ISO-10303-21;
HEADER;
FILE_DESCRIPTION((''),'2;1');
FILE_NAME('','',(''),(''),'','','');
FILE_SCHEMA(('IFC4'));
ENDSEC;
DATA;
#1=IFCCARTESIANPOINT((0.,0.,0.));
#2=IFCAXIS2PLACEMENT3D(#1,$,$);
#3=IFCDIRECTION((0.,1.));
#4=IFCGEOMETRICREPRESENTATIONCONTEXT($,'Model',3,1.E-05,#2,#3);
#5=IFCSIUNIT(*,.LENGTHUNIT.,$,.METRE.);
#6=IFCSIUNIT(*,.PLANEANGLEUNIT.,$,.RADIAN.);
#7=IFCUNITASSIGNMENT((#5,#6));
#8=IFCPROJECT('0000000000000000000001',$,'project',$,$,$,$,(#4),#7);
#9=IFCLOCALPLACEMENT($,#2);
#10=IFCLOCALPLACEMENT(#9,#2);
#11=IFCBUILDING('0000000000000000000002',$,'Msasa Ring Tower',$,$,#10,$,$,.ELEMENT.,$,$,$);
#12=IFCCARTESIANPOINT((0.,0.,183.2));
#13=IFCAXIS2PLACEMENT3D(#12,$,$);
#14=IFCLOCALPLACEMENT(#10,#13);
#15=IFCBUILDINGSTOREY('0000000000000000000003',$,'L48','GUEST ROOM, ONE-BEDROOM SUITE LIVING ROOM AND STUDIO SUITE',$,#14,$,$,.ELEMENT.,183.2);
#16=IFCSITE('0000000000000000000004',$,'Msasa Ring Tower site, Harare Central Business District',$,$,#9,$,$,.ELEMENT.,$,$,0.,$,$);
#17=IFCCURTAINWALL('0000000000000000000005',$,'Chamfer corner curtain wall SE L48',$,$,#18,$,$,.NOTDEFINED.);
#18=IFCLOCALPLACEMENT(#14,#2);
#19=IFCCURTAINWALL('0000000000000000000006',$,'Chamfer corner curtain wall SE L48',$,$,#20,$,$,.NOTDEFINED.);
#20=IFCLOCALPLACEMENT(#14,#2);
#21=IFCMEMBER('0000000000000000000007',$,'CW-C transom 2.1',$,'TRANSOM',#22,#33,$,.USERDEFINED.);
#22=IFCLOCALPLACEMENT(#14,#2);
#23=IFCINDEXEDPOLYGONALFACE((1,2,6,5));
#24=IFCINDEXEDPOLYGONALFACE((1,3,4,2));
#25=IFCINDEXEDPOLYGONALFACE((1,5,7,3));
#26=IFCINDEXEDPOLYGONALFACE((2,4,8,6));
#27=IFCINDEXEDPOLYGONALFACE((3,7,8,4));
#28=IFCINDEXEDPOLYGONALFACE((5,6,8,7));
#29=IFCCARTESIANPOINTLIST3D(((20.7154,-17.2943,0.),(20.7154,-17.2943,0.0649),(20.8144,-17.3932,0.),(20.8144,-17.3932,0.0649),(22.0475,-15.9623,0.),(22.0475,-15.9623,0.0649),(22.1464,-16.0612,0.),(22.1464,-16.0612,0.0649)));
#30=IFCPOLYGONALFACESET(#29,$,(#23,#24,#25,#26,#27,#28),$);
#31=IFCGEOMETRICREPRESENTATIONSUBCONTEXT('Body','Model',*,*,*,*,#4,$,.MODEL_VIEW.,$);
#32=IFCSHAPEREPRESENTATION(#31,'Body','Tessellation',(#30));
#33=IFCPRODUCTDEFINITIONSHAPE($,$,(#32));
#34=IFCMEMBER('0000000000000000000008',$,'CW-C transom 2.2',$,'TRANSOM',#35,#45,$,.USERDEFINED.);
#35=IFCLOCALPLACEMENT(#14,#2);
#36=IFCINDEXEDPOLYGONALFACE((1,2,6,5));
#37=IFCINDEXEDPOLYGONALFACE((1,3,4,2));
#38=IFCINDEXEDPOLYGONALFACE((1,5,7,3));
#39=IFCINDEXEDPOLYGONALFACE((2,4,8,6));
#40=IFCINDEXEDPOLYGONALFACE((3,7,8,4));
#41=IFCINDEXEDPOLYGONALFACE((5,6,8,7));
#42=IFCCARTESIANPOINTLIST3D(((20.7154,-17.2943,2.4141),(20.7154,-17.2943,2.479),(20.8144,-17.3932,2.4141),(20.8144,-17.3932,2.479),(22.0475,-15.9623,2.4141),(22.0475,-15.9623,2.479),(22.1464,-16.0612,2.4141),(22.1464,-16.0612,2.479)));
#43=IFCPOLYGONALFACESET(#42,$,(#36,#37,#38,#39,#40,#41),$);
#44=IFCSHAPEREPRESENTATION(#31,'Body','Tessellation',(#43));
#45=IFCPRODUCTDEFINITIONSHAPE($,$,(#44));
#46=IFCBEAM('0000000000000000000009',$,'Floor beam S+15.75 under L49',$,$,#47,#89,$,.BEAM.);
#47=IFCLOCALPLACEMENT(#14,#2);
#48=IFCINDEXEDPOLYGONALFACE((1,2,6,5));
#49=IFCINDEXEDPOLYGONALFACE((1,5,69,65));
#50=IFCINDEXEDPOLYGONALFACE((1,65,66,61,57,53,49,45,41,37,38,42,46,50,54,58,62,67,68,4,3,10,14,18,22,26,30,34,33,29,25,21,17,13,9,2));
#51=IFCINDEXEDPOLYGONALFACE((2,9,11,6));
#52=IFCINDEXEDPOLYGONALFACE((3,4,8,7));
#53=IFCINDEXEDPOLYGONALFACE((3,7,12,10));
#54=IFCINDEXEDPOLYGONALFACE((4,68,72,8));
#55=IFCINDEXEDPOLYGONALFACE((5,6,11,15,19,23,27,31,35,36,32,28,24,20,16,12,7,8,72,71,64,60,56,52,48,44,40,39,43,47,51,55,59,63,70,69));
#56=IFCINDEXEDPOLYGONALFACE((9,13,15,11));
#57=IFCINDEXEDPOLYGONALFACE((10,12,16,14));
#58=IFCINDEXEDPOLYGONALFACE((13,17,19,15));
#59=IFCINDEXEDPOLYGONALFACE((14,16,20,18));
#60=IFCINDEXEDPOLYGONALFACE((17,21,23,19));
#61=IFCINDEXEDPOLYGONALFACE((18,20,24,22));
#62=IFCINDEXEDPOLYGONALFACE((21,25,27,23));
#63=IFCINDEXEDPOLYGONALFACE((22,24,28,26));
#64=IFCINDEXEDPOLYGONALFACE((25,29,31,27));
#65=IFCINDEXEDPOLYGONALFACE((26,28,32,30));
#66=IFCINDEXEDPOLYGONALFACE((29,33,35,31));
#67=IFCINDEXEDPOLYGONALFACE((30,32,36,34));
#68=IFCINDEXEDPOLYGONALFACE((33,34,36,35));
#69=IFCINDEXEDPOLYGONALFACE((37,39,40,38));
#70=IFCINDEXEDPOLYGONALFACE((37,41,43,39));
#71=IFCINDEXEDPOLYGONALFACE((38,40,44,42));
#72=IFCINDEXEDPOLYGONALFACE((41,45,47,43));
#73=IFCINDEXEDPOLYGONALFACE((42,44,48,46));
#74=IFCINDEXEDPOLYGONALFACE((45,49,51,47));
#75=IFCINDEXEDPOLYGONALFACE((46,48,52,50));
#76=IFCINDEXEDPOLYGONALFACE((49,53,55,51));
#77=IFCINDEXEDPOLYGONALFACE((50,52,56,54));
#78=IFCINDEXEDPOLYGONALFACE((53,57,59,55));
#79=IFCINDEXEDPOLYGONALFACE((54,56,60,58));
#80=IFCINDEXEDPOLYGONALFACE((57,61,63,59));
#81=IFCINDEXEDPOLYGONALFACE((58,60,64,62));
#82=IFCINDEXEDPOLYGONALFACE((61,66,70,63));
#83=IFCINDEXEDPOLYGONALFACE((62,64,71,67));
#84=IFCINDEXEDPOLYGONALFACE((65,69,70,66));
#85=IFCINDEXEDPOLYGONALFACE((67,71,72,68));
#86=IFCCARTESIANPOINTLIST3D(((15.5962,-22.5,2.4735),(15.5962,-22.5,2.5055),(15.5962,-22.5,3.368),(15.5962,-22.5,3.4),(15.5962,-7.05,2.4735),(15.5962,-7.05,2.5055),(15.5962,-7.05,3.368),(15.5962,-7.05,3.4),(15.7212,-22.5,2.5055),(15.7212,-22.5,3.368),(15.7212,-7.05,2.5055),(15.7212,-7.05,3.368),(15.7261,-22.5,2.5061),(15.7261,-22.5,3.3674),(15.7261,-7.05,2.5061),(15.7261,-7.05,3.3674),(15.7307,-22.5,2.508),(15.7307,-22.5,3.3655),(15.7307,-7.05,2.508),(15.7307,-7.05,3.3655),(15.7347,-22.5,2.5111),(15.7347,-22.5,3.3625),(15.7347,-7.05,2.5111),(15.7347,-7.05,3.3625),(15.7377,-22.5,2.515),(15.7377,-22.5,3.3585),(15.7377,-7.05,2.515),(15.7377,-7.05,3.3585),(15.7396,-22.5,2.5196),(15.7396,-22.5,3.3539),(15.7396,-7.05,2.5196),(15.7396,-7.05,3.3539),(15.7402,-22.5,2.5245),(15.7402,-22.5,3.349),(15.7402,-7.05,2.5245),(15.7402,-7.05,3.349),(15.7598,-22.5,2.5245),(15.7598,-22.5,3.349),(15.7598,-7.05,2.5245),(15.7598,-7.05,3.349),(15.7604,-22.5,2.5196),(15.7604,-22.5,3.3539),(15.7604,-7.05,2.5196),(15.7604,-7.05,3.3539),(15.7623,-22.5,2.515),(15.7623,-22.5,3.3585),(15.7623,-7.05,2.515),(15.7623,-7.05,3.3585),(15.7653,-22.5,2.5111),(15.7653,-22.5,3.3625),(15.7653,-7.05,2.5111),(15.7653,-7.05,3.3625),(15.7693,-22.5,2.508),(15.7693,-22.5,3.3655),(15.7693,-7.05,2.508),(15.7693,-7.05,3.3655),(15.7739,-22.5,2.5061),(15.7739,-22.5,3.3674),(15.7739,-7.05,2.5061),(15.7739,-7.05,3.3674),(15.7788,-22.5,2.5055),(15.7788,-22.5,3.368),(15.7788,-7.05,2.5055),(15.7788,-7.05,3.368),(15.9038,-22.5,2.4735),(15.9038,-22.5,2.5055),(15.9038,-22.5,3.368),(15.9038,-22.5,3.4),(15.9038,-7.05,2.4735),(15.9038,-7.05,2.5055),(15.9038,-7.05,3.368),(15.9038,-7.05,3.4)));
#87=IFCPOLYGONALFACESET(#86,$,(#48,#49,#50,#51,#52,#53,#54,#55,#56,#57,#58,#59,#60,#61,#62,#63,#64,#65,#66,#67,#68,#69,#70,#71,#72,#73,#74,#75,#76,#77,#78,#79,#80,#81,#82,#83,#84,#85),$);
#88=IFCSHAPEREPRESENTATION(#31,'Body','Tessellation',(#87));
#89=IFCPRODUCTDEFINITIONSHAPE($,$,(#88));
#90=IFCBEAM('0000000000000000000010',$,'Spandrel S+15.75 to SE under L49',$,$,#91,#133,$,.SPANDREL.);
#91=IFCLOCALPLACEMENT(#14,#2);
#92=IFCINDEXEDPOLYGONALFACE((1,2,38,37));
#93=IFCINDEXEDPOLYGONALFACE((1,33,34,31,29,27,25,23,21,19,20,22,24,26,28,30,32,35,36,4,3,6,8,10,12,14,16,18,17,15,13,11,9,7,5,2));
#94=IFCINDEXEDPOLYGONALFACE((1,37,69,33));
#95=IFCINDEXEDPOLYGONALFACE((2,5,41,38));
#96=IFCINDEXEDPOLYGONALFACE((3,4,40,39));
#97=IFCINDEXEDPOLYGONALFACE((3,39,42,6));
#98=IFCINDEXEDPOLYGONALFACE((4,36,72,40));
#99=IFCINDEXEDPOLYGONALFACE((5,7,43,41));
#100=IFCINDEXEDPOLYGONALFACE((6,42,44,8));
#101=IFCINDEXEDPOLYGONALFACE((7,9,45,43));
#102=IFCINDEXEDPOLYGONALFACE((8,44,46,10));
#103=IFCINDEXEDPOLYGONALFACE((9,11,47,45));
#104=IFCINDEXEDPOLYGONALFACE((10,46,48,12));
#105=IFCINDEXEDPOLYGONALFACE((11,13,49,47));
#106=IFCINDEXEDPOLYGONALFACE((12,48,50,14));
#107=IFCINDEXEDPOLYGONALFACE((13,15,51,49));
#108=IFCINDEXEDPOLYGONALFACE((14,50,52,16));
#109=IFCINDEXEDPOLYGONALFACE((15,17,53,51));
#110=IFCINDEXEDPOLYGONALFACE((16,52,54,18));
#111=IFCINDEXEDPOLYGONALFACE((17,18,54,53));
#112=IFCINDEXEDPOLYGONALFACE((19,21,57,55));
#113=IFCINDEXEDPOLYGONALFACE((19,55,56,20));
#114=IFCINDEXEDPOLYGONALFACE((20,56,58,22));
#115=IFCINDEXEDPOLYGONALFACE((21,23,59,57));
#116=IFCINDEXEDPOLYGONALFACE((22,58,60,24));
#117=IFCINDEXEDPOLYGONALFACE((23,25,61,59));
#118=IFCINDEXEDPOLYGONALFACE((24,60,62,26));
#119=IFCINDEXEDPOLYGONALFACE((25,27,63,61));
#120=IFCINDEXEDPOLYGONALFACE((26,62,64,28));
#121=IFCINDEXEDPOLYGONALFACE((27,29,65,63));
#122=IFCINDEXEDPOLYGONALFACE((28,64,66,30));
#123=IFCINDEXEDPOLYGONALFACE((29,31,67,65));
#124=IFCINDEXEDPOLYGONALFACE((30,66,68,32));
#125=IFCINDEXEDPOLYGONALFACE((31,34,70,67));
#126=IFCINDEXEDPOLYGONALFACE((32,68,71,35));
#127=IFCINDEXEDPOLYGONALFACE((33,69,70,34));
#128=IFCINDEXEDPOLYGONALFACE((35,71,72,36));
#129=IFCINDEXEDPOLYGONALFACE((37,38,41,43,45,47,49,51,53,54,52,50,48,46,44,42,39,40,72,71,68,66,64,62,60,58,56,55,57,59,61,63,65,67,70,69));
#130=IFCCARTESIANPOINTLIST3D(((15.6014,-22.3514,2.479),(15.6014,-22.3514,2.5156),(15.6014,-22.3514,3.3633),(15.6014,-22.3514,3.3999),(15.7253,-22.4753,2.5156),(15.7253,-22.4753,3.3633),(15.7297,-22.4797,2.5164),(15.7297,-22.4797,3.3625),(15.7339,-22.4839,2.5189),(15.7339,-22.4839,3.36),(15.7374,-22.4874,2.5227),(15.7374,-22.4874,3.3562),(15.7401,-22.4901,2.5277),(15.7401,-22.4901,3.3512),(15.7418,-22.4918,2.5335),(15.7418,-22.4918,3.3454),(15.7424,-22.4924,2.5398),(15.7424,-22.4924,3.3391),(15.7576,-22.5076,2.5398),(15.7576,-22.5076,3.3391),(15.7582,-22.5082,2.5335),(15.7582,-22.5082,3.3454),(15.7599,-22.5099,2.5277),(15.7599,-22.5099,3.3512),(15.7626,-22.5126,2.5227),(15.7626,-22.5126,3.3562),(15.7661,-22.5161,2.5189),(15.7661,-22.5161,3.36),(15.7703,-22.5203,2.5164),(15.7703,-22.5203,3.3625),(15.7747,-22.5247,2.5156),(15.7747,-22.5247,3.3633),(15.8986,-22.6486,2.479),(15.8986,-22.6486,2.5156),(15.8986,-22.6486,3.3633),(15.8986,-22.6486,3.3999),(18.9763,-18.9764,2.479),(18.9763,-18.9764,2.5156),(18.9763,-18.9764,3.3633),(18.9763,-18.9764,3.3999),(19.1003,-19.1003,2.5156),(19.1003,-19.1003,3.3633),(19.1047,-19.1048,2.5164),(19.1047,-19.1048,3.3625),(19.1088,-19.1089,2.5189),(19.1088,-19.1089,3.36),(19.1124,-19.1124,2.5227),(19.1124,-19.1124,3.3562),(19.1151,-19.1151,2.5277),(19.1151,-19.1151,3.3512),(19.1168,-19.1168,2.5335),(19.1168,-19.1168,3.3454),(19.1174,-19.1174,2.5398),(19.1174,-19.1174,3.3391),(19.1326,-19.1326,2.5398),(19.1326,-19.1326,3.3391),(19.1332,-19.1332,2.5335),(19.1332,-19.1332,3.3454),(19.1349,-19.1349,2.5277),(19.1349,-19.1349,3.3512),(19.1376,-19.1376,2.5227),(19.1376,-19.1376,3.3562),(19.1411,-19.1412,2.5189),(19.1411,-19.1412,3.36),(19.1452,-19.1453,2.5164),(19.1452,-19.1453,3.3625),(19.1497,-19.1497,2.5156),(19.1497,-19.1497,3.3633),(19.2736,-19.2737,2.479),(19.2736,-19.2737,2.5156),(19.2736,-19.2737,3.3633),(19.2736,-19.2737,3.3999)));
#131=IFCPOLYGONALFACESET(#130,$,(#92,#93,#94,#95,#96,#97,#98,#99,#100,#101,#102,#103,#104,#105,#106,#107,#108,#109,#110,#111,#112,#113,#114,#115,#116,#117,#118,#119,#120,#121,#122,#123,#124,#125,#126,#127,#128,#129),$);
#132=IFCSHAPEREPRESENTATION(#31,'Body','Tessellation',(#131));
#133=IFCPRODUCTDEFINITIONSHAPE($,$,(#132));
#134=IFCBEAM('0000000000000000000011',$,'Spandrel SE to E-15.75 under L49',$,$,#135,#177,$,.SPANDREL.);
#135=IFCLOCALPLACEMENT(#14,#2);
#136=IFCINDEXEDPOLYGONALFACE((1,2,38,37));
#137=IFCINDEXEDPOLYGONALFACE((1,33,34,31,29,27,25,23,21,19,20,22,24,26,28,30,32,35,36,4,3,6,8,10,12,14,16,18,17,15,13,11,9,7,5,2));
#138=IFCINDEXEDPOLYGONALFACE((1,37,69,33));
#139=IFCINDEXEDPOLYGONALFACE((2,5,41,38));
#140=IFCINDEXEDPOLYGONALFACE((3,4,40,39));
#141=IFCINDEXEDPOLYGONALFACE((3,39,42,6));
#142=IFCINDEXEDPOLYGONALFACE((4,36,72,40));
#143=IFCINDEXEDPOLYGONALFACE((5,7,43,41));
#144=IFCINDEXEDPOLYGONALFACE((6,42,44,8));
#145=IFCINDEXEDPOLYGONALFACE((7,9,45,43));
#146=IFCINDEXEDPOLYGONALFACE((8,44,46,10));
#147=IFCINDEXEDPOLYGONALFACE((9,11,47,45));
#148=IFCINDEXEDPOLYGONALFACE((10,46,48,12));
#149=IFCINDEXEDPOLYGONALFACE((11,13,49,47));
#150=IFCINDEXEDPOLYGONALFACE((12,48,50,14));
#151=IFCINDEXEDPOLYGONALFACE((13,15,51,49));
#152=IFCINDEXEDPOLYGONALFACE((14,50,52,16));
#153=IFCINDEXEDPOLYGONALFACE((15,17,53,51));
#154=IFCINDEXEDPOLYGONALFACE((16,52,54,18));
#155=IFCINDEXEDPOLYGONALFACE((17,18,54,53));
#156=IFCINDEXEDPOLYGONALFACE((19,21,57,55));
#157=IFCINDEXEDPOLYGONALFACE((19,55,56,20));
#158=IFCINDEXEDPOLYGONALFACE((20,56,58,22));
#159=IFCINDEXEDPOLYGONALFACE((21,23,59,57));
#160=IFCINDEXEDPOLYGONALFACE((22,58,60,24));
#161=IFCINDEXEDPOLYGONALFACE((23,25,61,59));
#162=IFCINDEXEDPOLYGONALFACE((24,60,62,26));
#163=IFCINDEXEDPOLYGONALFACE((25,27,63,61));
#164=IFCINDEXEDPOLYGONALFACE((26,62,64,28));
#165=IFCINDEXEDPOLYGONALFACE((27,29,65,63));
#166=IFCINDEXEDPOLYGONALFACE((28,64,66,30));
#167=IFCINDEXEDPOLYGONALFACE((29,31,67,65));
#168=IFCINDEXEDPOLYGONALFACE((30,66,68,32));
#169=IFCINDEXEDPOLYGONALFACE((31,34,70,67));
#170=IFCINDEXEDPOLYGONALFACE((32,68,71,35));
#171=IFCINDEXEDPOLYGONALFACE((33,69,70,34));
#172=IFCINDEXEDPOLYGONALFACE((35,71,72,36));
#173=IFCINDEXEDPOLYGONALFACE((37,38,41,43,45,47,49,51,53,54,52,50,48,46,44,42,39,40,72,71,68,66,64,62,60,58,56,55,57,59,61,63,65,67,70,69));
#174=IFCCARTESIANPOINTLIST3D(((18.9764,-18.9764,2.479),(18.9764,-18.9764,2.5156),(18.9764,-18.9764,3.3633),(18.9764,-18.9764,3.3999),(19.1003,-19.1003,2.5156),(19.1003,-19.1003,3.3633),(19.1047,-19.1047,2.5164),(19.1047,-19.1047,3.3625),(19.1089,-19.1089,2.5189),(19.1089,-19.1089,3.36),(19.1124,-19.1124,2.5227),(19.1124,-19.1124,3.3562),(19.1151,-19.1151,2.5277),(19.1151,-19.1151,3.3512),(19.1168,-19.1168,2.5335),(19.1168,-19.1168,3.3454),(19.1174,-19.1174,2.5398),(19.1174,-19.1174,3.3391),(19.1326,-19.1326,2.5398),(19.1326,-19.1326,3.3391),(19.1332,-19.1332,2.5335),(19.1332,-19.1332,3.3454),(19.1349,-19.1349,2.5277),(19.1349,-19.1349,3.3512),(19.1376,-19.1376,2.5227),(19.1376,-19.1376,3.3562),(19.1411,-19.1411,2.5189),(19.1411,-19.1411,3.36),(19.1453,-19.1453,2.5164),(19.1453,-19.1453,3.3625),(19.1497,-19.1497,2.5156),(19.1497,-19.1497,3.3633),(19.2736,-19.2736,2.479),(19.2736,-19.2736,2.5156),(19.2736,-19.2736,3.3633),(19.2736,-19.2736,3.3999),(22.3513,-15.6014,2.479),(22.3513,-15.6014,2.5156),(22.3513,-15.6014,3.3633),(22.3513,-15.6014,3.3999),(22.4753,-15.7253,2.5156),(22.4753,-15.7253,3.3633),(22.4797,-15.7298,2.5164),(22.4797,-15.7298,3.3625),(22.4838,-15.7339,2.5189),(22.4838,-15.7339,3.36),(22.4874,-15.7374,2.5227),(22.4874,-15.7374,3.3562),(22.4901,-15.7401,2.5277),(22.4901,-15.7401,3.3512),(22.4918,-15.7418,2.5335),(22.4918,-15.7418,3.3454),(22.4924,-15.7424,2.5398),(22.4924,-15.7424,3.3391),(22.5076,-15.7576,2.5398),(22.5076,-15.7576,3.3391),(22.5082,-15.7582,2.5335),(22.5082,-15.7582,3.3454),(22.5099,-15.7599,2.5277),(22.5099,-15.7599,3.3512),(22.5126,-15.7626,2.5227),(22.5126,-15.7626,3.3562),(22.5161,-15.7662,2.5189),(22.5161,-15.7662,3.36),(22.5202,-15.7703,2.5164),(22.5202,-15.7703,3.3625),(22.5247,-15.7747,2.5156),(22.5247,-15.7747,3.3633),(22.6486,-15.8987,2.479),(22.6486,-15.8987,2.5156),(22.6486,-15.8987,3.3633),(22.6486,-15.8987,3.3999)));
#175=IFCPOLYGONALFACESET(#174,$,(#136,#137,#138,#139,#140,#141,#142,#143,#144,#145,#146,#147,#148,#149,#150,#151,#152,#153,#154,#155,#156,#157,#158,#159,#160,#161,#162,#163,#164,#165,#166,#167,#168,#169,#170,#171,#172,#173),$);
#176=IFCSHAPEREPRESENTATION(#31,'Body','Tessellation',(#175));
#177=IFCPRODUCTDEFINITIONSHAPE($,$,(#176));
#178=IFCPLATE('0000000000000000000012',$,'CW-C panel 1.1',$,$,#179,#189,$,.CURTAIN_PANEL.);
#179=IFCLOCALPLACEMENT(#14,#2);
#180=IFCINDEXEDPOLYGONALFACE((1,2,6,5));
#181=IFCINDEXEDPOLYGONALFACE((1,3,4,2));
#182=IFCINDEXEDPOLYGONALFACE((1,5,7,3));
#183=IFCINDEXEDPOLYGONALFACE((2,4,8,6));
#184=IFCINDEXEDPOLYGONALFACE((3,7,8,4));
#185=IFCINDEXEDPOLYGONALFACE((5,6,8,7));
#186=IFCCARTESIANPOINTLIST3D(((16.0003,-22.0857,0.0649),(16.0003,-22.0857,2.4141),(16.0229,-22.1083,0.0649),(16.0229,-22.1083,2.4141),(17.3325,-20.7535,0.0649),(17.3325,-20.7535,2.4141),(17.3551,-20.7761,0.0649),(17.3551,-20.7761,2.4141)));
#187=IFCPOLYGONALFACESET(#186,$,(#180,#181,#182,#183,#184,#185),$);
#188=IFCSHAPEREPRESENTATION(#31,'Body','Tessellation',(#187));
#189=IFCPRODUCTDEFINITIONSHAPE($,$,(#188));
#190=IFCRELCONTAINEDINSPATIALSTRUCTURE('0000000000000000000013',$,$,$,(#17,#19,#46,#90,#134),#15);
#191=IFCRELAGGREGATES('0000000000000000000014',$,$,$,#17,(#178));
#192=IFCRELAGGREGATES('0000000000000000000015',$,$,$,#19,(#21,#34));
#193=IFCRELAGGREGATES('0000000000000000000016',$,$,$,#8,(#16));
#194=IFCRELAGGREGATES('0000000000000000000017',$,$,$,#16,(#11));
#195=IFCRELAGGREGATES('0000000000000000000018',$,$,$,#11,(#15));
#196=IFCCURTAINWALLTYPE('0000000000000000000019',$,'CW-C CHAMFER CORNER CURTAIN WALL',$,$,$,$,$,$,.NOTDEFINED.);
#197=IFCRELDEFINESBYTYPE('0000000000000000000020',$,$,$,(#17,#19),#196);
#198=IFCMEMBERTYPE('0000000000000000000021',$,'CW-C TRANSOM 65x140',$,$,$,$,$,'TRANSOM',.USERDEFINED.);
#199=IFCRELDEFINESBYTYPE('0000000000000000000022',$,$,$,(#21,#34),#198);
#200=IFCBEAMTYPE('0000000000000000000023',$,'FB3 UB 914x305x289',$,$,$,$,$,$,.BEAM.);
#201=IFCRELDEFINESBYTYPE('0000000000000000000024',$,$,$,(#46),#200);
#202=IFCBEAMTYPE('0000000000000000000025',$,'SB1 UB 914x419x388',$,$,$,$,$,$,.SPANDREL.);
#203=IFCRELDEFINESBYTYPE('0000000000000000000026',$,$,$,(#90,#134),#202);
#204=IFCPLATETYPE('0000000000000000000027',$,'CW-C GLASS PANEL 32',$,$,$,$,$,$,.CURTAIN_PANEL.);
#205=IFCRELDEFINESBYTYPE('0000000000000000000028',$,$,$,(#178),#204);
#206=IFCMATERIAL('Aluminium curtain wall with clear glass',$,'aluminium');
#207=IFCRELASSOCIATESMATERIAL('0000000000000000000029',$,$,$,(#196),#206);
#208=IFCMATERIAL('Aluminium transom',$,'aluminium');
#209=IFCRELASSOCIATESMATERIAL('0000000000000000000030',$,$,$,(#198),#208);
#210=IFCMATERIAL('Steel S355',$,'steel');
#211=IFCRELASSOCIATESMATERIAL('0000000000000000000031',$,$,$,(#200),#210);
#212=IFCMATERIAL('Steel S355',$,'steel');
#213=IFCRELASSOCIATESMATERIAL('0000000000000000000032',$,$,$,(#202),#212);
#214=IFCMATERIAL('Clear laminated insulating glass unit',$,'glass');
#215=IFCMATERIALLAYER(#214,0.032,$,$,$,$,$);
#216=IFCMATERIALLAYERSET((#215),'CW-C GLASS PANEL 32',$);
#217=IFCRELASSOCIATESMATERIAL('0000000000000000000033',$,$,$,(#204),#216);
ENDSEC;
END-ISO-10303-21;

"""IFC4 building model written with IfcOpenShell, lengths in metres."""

from ifc_helpers import new_model, si_unit, direction, frame, origin, origin_2d, place, context, subcontext, project, spatial, rectangle, i_section, extrude, material, layer, layer_set, material_profile, profile_set, type_object, element, aggregate, save


model = new_model("IFC4")

# Units and contexts
model_context = context("Model", 3, precision=1e-05, world=origin(), true_north=direction((0.0, 1.0)))
body_context = subcontext(model_context, "Body", "Model", "MODEL_VIEW")
ifc_project = project(units=[si_unit("LENGTHUNIT", "METRE"), si_unit("PLANEANGLEUNIT", "RADIAN")], contexts=[model_context])

# Site, building, storey
site_placement = place(None, origin())
site = spatial("IfcSite", under=ifc_project, at=site_placement, Name="Msasa Ring Tower site, Harare Central Business District", CompositionType="ELEMENT", RefElevation=0.0)
building_placement = place(site_placement, origin())
building = spatial("IfcBuilding", under=site, at=building_placement, Name="Msasa Ring Tower", CompositionType="ELEMENT")
storey_placement = place(building_placement, frame((0.0, 0.0, 183.2)))
storey = spatial("IfcBuildingStorey", under=building, at=storey_placement, Name="L48", Description="GUEST ROOM, ONE-BEDROOM SUITE LIVING ROOM AND STUDIO SUITE", CompositionType="ELEMENT", Elevation=183.2)

# Curtain walls
ifc_material_1 = material(Name="Aluminium curtain wall with clear glass", Category="aluminium")
curtain_wall_type = type_object("IfcCurtainWallType", Name="CW-C CHAMFER CORNER CURTAIN WALL", PredefinedType="NOTDEFINED", material=ifc_material_1)
curtain_wall_1_placement = place(storey_placement, origin())
curtain_wall_1 = element("IfcCurtainWall", 1, at=curtain_wall_1_placement, inside=storey, type_object=curtain_wall_type, Name="Chamfer corner curtain wall SE L48", PredefinedType="NOTDEFINED")
curtain_wall_2_placement = place(storey_placement, origin())
curtain_wall_2 = element("IfcCurtainWall", 2, at=curtain_wall_2_placement, inside=storey, type_object=curtain_wall_type, Name="Chamfer corner curtain wall SE L48", PredefinedType="NOTDEFINED")

# Members
ifc_material_2 = material(Name="Aluminium transom", Category="aluminium")
ifc_material_profile_1 = material_profile(ifc_material_2, rectangle(XDim=0.1399, YDim=0.0649, at=origin_2d()), Name="AL 65x140")
ifc_profile_set_1 = profile_set([ifc_material_profile_1], Name="Aluminium transom")
member_type_1 = type_object("IfcMemberType", Name="CW-C TRANSOM 65x140", ElementType="TRANSOM", PredefinedType="USERDEFINED", material=ifc_profile_set_1)
member_1_placement = place(storey_placement, frame((20.7649, -17.3438, 0.0325), z_axis=(0.707107, 0.707107, 0.0), x_axis=(-0.707107, 0.707107, 0.0)))
member_1 = element("IfcMember", 3, at=member_1_placement, type_object=member_type_1, Name="CW-C transom 2.1", ObjectType="TRANSOM", PredefinedType="USERDEFINED", context=body_context, shape_type="SweptSolid", body=[
    extrude(rectangle(XDim=0.1399, YDim=0.0649, at=origin_2d()), origin(), (0.0, 0.0, 1.0), 1.8838),
])
member_2_placement = place(storey_placement, frame((20.7649, -17.3438, 2.4465), z_axis=(0.707107, 0.707107, 0.0), x_axis=(-0.707107, 0.707107, 0.0)))
member_2 = element("IfcMember", 4, at=member_2_placement, type_object=member_type_1, Name="CW-C transom 2.2", ObjectType="TRANSOM", PredefinedType="USERDEFINED", context=body_context, shape_type="SweptSolid", body=[
    extrude(rectangle(XDim=0.1399, YDim=0.0649, at=origin_2d()), origin(), (0.0, 0.0, 1.0), 1.8838),
])

# Beams
ifc_material_3 = material(Name="Steel S355", Category="steel")
ifc_material_profile_2 = material_profile(ifc_material_3, i_section(OverallWidth=0.3076, OverallDepth=0.9265, WebThickness=0.0195, FlangeThickness=0.032, FilletRadius=0.019, at=origin_2d()), Name="UB 914x305x289")
ifc_profile_set_2 = profile_set([ifc_material_profile_2], Name="Steel S355")
beam_type_1 = type_object("IfcBeamType", Name="FB3 UB 914x305x289", PredefinedType="BEAM", material=ifc_profile_set_2)
beam_placement = place(storey_placement, frame((15.75, -22.5, 2.9368), z_axis=(0.0, 1.0, 0.0), x_axis=(-1.0, 0.0, 0.0)))
element("IfcBeam", 5, at=beam_placement, inside=storey, type_object=beam_type_1, Name="Floor beam S+15.75 under L49", PredefinedType="BEAM", context=body_context, shape_type="SweptSolid", body=[
    extrude(i_section(OverallWidth=0.3076, OverallDepth=0.9265, WebThickness=0.0195, FlangeThickness=0.032, FilletRadius=0.019, at=origin_2d()), origin(), (0.0, 0.0, 1.0), 15.45),
])
ifc_material_4 = material(Name="Steel S355", Category="steel")
ifc_material_profile_3 = material_profile(ifc_material_4, i_section(OverallWidth=0.4204, OverallDepth=0.9209, WebThickness=0.0215, FlangeThickness=0.0366, FilletRadius=0.0242, at=origin_2d()), Name="UB 914x419x388")
ifc_profile_set_3 = profile_set([ifc_material_profile_3], Name="Steel S355")
beam_type_2 = type_object("IfcBeamType", Name="SB1 UB 914x419x388", PredefinedType="SPANDREL", material=ifc_profile_set_3)
for number, where, z_axis, x_axis, name in (
    (6, (15.75, -22.5, 2.9395), (0.707107, 0.707107, 0.0), (-0.707107, 0.707107, 0.0), "Spandrel S+15.75 to SE under L49"),
    (7, (19.125, -19.125, 2.9395), (0.707107, 0.707107, 0.0), (-0.707107, 0.707107, 0.0), "Spandrel SE to E-15.75 under L49"),
):
    element("IfcBeam", number, at=place(storey_placement, frame(where, z_axis=z_axis, x_axis=x_axis)), inside=storey, type_object=beam_type_2, Name=name, PredefinedType="SPANDREL", context=body_context, shape_type="SweptSolid", body=[
        extrude(i_section(OverallWidth=0.4204, OverallDepth=0.9209, WebThickness=0.0215, FlangeThickness=0.0366, FilletRadius=0.0242, at=origin_2d()), origin(), (0.0, 0.0, 1.0), 4.7729),
    ])

# Plate
ifc_material_5 = material(Name="Clear laminated insulating glass unit", Category="glass")
ifc_layer_1 = layer(ifc_material_5, 0.032)
ifc_layer_set_1 = layer_set([ifc_layer_1], Name="CW-C GLASS PANEL 32")
plate_type = type_object("IfcPlateType", Name="CW-C GLASS PANEL 32", PredefinedType="CURTAIN_PANEL", material=ifc_layer_set_1)
plate_1_placement = place(storey_placement, frame((16.6777, -21.4309, 0.0649), z_axis=(0.0, 0.0, 1.0), x_axis=(0.707107, 0.707107, 0.0)))
plate_1 = element("IfcPlate", 8, at=plate_1_placement, type_object=plate_type, Name="CW-C panel 1.1", PredefinedType="CURTAIN_PANEL", context=body_context, shape_type="SweptSolid", body=[
    extrude(rectangle(XDim=1.884, YDim=0.032, at=origin_2d()), origin(), (0.0, 0.0, 1.0), 2.3491),
])
aggregate(curtain_wall_1, [plate_1])
aggregate(curtain_wall_2, [member_1, member_2])

save(model, "model.ifc")
